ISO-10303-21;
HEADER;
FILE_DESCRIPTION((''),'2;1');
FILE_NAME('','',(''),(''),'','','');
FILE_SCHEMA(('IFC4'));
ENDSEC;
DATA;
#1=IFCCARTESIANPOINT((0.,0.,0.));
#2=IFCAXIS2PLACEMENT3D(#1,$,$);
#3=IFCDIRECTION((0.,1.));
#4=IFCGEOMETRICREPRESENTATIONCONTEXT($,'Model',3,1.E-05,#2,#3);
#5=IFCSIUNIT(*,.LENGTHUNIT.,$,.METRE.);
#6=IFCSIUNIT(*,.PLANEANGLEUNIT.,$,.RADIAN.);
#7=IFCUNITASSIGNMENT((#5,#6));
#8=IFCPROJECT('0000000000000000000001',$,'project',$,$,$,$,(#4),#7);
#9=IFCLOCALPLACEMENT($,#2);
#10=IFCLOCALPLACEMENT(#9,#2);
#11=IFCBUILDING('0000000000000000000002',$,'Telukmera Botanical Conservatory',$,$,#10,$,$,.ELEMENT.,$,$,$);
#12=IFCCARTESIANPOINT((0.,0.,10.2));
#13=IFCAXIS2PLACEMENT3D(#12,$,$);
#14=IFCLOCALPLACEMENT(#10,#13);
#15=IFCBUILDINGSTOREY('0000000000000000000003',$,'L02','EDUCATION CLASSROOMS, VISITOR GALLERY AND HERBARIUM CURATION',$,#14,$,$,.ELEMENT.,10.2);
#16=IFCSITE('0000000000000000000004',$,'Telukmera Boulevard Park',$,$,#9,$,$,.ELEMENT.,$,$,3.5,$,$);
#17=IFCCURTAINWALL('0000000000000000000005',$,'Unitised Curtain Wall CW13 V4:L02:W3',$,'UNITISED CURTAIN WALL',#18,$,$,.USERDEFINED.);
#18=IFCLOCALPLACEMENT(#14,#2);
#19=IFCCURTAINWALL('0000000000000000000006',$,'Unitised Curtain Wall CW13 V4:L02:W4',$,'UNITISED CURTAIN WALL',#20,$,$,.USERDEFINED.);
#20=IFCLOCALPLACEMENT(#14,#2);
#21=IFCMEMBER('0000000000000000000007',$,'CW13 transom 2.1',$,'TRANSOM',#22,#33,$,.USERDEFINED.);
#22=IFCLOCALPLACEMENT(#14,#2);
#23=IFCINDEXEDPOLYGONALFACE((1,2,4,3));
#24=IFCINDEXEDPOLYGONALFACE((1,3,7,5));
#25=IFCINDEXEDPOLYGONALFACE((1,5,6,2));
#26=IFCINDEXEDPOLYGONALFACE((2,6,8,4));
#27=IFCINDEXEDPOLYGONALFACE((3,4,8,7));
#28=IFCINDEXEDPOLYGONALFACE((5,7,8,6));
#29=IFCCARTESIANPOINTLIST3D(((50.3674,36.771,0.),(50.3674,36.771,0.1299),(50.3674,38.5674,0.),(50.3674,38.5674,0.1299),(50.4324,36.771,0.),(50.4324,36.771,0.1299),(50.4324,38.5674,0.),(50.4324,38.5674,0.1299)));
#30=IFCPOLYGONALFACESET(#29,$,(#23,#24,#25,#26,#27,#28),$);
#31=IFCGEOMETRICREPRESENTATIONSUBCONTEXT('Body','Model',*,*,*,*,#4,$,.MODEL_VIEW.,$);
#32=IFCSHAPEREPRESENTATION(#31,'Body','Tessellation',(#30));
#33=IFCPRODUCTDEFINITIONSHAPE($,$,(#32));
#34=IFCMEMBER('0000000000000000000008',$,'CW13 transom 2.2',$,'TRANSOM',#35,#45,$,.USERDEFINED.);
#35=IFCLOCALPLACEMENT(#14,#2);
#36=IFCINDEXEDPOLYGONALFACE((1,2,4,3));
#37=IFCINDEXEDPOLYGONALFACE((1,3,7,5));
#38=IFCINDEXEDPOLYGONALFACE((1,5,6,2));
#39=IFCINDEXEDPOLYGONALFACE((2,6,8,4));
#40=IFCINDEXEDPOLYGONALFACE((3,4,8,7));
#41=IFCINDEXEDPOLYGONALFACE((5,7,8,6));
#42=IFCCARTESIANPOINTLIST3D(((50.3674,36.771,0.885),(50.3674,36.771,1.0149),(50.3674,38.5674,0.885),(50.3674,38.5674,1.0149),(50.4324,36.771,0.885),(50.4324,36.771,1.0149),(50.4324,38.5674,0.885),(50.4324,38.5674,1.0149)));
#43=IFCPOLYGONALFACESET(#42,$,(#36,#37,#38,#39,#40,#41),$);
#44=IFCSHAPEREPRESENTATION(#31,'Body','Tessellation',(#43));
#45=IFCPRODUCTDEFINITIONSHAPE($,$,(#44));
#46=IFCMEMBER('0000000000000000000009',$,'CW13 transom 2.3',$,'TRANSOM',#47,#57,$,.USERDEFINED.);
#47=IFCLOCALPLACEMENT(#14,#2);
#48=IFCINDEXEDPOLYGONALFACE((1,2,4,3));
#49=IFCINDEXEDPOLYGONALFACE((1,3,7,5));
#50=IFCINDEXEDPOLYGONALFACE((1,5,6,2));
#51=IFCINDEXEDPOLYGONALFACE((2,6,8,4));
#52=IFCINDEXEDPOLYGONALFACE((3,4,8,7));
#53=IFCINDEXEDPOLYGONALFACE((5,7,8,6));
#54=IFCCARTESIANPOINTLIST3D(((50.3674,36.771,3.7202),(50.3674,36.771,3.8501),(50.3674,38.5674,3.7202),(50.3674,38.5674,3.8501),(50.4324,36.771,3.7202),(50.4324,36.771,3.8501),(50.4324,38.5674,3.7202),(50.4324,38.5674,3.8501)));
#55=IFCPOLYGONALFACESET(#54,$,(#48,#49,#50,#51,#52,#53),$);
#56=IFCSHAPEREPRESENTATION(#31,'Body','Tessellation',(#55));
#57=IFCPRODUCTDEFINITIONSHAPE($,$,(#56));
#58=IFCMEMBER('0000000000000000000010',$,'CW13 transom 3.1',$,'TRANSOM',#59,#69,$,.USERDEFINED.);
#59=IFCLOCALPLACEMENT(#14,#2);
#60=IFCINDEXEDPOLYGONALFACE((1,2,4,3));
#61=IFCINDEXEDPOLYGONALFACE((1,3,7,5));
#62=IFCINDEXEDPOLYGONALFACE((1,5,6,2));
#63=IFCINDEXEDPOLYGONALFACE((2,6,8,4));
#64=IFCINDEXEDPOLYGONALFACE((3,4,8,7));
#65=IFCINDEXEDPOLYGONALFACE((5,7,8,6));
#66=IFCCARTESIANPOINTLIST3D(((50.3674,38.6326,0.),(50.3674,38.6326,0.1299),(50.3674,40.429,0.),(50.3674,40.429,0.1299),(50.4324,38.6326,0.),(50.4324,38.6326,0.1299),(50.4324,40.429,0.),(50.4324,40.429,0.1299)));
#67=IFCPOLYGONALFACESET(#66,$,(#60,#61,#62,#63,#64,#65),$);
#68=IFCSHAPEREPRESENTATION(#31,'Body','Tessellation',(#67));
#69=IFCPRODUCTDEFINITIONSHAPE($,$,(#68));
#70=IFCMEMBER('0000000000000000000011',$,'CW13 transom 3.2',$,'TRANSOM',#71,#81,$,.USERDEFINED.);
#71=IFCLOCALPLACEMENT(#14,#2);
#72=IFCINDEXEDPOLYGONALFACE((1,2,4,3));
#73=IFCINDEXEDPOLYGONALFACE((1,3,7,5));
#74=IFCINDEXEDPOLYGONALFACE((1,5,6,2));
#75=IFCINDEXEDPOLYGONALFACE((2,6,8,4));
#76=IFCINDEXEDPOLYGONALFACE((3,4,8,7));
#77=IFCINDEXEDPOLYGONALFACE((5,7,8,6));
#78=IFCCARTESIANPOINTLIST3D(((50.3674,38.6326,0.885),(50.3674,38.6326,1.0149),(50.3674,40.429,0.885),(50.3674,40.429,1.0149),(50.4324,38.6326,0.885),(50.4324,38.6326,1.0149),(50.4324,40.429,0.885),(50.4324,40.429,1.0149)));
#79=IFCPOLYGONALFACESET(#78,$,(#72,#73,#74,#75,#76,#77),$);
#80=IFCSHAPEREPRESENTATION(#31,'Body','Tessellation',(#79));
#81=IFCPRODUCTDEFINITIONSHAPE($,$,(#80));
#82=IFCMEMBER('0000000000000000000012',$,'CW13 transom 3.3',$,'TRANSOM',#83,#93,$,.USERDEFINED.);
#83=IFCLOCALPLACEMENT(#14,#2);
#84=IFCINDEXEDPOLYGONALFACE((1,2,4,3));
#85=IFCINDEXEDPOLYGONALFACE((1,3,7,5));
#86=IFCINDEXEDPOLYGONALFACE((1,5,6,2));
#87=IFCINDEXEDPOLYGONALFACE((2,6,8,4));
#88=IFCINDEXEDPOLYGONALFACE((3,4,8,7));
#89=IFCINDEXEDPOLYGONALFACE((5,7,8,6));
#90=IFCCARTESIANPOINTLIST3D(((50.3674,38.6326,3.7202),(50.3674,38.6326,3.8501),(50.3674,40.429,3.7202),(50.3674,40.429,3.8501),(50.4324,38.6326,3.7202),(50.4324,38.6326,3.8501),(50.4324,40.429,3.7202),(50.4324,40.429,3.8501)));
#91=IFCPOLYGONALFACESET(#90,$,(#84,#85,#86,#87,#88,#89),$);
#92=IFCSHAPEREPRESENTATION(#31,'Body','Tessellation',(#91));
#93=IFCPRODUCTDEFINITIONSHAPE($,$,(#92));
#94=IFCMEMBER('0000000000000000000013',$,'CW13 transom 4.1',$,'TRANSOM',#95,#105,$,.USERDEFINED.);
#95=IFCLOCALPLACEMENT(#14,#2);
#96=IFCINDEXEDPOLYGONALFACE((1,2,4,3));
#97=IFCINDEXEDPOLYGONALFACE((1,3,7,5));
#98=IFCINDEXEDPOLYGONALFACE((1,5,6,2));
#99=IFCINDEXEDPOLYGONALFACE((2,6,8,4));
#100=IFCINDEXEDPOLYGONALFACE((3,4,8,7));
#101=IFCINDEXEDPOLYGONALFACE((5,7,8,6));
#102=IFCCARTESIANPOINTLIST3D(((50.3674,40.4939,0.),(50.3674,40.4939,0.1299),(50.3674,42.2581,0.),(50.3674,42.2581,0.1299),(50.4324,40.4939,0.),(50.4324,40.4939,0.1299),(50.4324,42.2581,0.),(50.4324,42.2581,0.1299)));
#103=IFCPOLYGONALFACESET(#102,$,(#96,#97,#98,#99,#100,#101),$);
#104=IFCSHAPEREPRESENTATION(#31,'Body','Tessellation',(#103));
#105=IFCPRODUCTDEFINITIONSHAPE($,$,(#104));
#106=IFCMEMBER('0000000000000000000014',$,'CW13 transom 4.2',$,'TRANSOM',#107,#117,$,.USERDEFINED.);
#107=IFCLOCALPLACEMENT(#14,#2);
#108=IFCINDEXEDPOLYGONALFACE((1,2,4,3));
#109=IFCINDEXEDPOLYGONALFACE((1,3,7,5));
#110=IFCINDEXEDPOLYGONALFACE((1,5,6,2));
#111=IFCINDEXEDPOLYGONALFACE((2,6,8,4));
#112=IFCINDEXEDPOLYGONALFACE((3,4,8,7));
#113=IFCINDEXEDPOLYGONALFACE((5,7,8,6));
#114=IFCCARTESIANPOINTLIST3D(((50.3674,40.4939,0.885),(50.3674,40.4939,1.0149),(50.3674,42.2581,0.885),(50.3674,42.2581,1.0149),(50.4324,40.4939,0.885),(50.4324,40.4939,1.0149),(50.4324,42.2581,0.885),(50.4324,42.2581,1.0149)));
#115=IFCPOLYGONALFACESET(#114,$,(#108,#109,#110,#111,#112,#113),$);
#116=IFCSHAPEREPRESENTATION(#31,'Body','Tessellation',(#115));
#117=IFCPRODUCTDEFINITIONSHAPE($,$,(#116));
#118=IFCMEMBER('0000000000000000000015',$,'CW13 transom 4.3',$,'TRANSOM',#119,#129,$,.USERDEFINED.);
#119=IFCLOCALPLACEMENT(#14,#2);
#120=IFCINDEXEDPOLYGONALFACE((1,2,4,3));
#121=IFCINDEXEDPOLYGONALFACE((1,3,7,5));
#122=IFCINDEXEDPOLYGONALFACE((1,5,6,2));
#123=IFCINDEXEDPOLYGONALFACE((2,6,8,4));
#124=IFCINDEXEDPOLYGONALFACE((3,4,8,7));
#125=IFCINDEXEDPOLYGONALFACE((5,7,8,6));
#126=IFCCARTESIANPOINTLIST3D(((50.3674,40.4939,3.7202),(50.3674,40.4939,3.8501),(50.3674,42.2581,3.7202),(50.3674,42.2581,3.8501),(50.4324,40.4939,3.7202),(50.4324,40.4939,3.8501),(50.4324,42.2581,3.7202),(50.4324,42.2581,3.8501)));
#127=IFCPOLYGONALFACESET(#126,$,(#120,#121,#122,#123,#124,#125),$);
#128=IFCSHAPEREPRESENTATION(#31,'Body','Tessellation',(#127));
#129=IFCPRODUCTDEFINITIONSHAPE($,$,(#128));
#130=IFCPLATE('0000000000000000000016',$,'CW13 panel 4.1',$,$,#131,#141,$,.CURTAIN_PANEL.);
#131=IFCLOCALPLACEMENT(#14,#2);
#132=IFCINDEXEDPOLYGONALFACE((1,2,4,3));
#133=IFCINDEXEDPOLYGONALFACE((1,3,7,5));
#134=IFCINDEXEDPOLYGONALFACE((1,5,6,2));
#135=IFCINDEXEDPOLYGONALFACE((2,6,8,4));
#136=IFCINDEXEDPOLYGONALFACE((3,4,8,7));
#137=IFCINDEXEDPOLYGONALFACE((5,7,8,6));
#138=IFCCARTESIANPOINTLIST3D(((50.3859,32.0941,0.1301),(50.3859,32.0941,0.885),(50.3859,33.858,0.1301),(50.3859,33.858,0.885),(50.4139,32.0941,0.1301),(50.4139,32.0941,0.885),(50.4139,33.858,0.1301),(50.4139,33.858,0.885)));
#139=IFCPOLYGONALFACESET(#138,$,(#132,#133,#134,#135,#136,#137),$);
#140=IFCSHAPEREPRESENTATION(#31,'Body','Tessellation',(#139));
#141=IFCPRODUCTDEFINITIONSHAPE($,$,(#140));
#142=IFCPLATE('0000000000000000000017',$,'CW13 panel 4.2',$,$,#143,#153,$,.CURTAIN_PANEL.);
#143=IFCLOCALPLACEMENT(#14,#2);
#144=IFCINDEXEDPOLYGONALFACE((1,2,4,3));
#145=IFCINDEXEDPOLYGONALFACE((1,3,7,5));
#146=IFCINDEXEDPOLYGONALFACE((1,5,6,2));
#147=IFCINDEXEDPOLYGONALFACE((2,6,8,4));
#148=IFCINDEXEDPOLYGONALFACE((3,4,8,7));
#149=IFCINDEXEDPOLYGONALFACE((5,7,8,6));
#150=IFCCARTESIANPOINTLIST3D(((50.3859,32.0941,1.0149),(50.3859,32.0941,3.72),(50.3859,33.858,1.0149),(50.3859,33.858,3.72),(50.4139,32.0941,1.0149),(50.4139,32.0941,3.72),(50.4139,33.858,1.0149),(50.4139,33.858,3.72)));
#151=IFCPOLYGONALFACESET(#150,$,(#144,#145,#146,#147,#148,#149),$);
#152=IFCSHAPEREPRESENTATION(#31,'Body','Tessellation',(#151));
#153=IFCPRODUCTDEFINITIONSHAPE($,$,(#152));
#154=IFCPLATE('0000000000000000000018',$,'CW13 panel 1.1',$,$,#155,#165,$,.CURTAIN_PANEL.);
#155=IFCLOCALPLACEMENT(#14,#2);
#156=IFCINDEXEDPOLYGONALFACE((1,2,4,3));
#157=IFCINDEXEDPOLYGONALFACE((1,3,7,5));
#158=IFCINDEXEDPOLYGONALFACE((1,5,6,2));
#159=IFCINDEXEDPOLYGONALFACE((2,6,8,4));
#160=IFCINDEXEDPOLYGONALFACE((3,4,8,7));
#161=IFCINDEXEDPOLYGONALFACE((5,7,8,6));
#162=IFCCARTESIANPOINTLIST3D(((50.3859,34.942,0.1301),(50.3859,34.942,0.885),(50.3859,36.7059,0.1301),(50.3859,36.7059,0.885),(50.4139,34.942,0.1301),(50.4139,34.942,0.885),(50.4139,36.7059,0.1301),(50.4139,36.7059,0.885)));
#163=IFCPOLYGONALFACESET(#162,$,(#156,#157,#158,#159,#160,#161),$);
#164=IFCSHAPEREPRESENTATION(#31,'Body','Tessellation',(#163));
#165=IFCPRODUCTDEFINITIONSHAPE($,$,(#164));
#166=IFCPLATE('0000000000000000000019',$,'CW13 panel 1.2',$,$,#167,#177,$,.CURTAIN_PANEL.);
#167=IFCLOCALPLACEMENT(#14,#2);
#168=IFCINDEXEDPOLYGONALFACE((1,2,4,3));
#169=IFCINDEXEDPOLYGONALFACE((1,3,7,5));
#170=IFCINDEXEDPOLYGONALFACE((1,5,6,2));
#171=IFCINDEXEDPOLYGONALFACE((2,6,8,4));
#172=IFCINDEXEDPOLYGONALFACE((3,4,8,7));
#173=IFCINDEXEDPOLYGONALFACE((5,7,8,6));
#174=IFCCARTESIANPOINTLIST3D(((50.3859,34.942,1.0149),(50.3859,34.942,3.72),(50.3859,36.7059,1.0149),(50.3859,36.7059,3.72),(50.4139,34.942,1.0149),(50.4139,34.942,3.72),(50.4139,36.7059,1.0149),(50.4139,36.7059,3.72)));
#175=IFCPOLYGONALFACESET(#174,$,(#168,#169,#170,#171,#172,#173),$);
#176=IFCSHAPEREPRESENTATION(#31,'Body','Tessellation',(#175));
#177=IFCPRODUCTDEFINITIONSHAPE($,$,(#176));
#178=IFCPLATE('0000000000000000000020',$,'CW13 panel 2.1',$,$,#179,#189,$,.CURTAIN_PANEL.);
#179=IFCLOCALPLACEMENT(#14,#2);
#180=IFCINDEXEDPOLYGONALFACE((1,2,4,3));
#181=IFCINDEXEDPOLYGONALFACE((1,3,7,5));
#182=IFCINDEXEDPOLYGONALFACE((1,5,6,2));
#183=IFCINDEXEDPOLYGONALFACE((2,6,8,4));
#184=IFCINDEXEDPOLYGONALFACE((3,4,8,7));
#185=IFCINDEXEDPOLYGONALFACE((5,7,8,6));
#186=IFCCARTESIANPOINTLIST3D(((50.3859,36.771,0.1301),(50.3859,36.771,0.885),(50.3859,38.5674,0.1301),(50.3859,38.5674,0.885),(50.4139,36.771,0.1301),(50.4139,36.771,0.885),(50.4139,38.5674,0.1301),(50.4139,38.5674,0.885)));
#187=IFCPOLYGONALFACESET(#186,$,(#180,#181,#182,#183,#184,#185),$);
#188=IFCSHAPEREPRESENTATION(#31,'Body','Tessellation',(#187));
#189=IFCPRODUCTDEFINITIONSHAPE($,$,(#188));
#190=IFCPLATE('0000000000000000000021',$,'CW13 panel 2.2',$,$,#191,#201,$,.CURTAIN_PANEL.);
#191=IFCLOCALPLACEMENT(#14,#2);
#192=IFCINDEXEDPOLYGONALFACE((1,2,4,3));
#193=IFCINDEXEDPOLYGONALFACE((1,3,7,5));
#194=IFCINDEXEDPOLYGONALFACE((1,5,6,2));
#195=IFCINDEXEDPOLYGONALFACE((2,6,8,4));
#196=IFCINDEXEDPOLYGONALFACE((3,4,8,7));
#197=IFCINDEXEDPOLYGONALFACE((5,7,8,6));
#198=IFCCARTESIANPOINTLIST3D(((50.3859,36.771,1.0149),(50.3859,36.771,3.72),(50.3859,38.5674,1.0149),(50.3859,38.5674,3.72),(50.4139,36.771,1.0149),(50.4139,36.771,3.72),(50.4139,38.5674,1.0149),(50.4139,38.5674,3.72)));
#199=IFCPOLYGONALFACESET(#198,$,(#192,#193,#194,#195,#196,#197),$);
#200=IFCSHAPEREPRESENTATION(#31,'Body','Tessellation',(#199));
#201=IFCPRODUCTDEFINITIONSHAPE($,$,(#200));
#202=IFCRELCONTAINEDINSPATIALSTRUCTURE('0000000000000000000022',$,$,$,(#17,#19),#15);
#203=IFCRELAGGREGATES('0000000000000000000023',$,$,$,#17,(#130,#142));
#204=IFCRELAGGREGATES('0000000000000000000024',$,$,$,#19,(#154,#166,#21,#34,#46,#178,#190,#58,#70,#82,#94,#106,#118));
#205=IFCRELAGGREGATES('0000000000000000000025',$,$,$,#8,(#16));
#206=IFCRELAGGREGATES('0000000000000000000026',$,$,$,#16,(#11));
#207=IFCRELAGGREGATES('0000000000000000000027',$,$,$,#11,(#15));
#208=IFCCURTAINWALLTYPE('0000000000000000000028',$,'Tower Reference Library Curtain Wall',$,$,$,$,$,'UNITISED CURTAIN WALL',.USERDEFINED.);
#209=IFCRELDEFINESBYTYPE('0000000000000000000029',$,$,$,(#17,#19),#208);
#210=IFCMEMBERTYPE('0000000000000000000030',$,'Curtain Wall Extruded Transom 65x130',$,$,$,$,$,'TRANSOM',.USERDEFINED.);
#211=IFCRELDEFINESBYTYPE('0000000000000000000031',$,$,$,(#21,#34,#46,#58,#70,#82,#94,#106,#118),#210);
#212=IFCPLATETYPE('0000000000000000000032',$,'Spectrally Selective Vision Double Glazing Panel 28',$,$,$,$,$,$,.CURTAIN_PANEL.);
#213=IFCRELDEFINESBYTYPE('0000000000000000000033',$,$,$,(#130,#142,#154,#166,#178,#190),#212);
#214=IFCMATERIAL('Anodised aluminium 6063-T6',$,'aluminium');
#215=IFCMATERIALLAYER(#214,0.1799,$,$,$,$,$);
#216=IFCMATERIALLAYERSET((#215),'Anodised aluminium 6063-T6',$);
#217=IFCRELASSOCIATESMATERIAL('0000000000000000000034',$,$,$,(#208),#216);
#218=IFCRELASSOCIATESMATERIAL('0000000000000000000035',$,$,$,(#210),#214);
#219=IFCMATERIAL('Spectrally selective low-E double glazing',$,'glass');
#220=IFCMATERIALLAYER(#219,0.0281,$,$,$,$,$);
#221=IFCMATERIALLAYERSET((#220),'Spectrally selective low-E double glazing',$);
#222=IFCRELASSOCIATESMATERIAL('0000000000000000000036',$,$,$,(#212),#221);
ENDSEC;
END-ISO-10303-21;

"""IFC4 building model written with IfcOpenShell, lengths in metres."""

from ifc_helpers import new_model, si_unit, direction, frame, origin, origin_2d, place, context, subcontext, project, spatial, rectangle, extrude, material, layer, layer_set, material_profile, profile_set, type_object, element, aggregate, save


model = new_model("IFC4")

# Units and contexts
model_context = context("Model", 3, precision=1e-05, world=origin(), true_north=direction((0.0, 1.0)))
body_context = subcontext(model_context, "Body", "Model", "MODEL_VIEW")
ifc_project = project(units=[si_unit("LENGTHUNIT", "METRE"), si_unit("PLANEANGLEUNIT", "RADIAN")], contexts=[model_context])

# Site, building, storey
site_placement = place(None, origin())
site = spatial("IfcSite", under=ifc_project, at=site_placement, Name="Telukmera Boulevard Park", CompositionType="ELEMENT", RefElevation=3.5)
building_placement = place(site_placement, origin())
building = spatial("IfcBuilding", under=site, at=building_placement, Name="Telukmera Botanical Conservatory", CompositionType="ELEMENT")
storey_placement = place(building_placement, frame((0.0, 0.0, 10.2)))
storey = spatial("IfcBuildingStorey", under=building, at=storey_placement, Name="L02", Description="EDUCATION CLASSROOMS, VISITOR GALLERY AND HERBARIUM CURATION", CompositionType="ELEMENT", Elevation=10.2)

# Curtain wall
ifc_material_1 = material(Name="Anodised aluminium 6063-T6", Category="aluminium")
ifc_layer_1 = layer(ifc_material_1, 0.1799)
ifc_layer_set_1 = layer_set([ifc_layer_1], Name="Anodised aluminium 6063-T6")
curtain_wall_type = type_object("IfcCurtainWallType", Name="Tower Reference Library Curtain Wall", ElementType="UNITISED CURTAIN WALL", PredefinedType="USERDEFINED", material=ifc_layer_set_1)
curtain_wall_1_placement = place(storey_placement, origin())
curtain_wall_1 = element("IfcCurtainWall", 1, at=curtain_wall_1_placement, inside=storey, type_object=curtain_wall_type, Name="Unitised Curtain Wall CW13 V4:L02:W3", ObjectType="UNITISED CURTAIN WALL", PredefinedType="USERDEFINED")

# Curtain wall
curtain_wall_2_placement = place(storey_placement, origin())
curtain_wall_2 = element("IfcCurtainWall", 2, at=curtain_wall_2_placement, inside=storey, type_object=curtain_wall_type, Name="Unitised Curtain Wall CW13 V4:L02:W4", ObjectType="UNITISED CURTAIN WALL", PredefinedType="USERDEFINED")

# Members
ifc_material_profile_1 = material_profile(ifc_material_1, rectangle(XDim=0.0649, YDim=0.1299, at=origin_2d()), Name="ALU TRAN 65x130")
ifc_profile_set_1 = profile_set([ifc_material_profile_1], Name="Anodised aluminium 6063-T6")
member_type_1 = type_object("IfcMemberType", Name="Curtain Wall Extruded Transom 65x130", ElementType="TRANSOM", PredefinedType="USERDEFINED", material=ifc_profile_set_1)
member_1_placement = place(storey_placement, frame((50.3999, 36.771, 0.0649), z_axis=(0.0, 1.0, 0.0), x_axis=(-1.0, 0.0, 0.0)))
member_1 = element("IfcMember", 3, at=member_1_placement, type_object=member_type_1, Name="CW13 transom 2.1", ObjectType="TRANSOM", PredefinedType="USERDEFINED", context=body_context, shape_type="SweptSolid", body=[
    extrude(rectangle(XDim=0.0649, YDim=0.1299, at=origin_2d()), origin(), (0.0, 0.0, 1.0), 1.7964),
])
member_2_placement = place(storey_placement, frame((50.3999, 36.771, 0.95), z_axis=(0.0, 1.0, 0.0), x_axis=(-1.0, 0.0, 0.0)))
member_2 = element("IfcMember", 4, at=member_2_placement, type_object=member_type_1, Name="CW13 transom 2.2", ObjectType="TRANSOM", PredefinedType="USERDEFINED", context=body_context, shape_type="SweptSolid", body=[
    extrude(rectangle(XDim=0.0649, YDim=0.1299, at=origin_2d()), origin(), (0.0, 0.0, 1.0), 1.7964),
])
member_3_placement = place(storey_placement, frame((50.3999, 36.771, 3.7852), z_axis=(0.0, 1.0, 0.0), x_axis=(-1.0, 0.0, 0.0)))
member_3 = element("IfcMember", 5, at=member_3_placement, type_object=member_type_1, Name="CW13 transom 2.3", ObjectType="TRANSOM", PredefinedType="USERDEFINED", context=body_context, shape_type="SweptSolid", body=[
    extrude(rectangle(XDim=0.0649, YDim=0.1299, at=origin_2d()), origin(), (0.0, 0.0, 1.0), 1.7964),
])
member_4_placement = place(storey_placement, frame((50.3999, 38.6326, 0.0649), z_axis=(0.0, 1.0, 0.0), x_axis=(-1.0, 0.0, 0.0)))
member_4 = element("IfcMember", 6, at=member_4_placement, type_object=member_type_1, Name="CW13 transom 3.1", ObjectType="TRANSOM", PredefinedType="USERDEFINED", context=body_context, shape_type="SweptSolid", body=[
    extrude(rectangle(XDim=0.0649, YDim=0.1299, at=origin_2d()), origin(), (0.0, 0.0, 1.0), 1.7964),
])
member_5_placement = place(storey_placement, frame((50.3999, 38.6326, 0.95), z_axis=(0.0, 1.0, 0.0), x_axis=(-1.0, 0.0, 0.0)))
member_5 = element("IfcMember", 7, at=member_5_placement, type_object=member_type_1, Name="CW13 transom 3.2", ObjectType="TRANSOM", PredefinedType="USERDEFINED", context=body_context, shape_type="SweptSolid", body=[
    extrude(rectangle(XDim=0.0649, YDim=0.1299, at=origin_2d()), origin(), (0.0, 0.0, 1.0), 1.7964),
])
member_6_placement = place(storey_placement, frame((50.3999, 38.6326, 3.7852), z_axis=(0.0, 1.0, 0.0), x_axis=(-1.0, 0.0, 0.0)))
member_6 = element("IfcMember", 8, at=member_6_placement, type_object=member_type_1, Name="CW13 transom 3.3", ObjectType="TRANSOM", PredefinedType="USERDEFINED", context=body_context, shape_type="SweptSolid", body=[
    extrude(rectangle(XDim=0.0649, YDim=0.1299, at=origin_2d()), origin(), (0.0, 0.0, 1.0), 1.7964),
])
member_7_placement = place(storey_placement, frame((50.3999, 40.4939, 0.0649), z_axis=(0.0, 1.0, 0.0), x_axis=(-1.0, 0.0, 0.0)))
member_7 = element("IfcMember", 9, at=member_7_placement, type_object=member_type_1, Name="CW13 transom 4.1", ObjectType="TRANSOM", PredefinedType="USERDEFINED", context=body_context, shape_type="SweptSolid", body=[
    extrude(rectangle(XDim=0.0649, YDim=0.1299, at=origin_2d()), origin(), (0.0, 0.0, 1.0), 1.7642),
])
member_8_placement = place(storey_placement, frame((50.3999, 40.4939, 0.95), z_axis=(0.0, 1.0, 0.0), x_axis=(-1.0, 0.0, 0.0)))
member_8 = element("IfcMember", 10, at=member_8_placement, type_object=member_type_1, Name="CW13 transom 4.2", ObjectType="TRANSOM", PredefinedType="USERDEFINED", context=body_context, shape_type="SweptSolid", body=[
    extrude(rectangle(XDim=0.0649, YDim=0.1299, at=origin_2d()), origin(), (0.0, 0.0, 1.0), 1.7642),
])
member_9_placement = place(storey_placement, frame((50.3999, 40.4939, 3.7852), z_axis=(0.0, 1.0, 0.0), x_axis=(-1.0, 0.0, 0.0)))
member_9 = element("IfcMember", 11, at=member_9_placement, type_object=member_type_1, Name="CW13 transom 4.3", ObjectType="TRANSOM", PredefinedType="USERDEFINED", context=body_context, shape_type="SweptSolid", body=[
    extrude(rectangle(XDim=0.0649, YDim=0.1299, at=origin_2d()), origin(), (0.0, 0.0, 1.0), 1.7642),
])

# Plates
ifc_material_2 = material(Name="Spectrally selective low-E double glazing", Category="glass")
ifc_layer_2 = layer(ifc_material_2, 0.0281)
ifc_layer_set_2 = layer_set([ifc_layer_2], Name="Spectrally selective low-E double glazing")
plate_type = type_object("IfcPlateType", Name="Spectrally Selective Vision Double Glazing Panel 28", PredefinedType="CURTAIN_PANEL", material=ifc_layer_set_2)
plate_1_placement = place(storey_placement, frame((50.3999, 32.9761, 0.1301), z_axis=(0.0, 0.0, 1.0), x_axis=(0.0, 1.0, 0.0)))
plate_1 = element("IfcPlate", 12, at=plate_1_placement, type_object=plate_type, Name="CW13 panel 4.1", PredefinedType="CURTAIN_PANEL", context=body_context, shape_type="SweptSolid", body=[
    extrude(rectangle(XDim=1.7639, YDim=0.0281, at=origin_2d()), origin(), (0.0, 0.0, 1.0), 0.7549),
])
plate_2_placement = place(storey_placement, frame((50.3999, 32.9761, 1.0149), z_axis=(0.0, 0.0, 1.0), x_axis=(0.0, 1.0, 0.0)))
plate_2 = element("IfcPlate", 13, at=plate_2_placement, type_object=plate_type, Name="CW13 panel 4.2", PredefinedType="CURTAIN_PANEL", context=body_context, shape_type="SweptSolid", body=[
    extrude(rectangle(XDim=1.7639, YDim=0.0281, at=origin_2d()), origin(), (0.0, 0.0, 1.0), 2.7051),
])
aggregate(curtain_wall_1, [plate_1, plate_2])
plate_3_placement = place(storey_placement, frame((50.3999, 35.824, 0.1301), z_axis=(0.0, 0.0, 1.0), x_axis=(0.0, 1.0, 0.0)))
plate_3 = element("IfcPlate", 14, at=plate_3_placement, type_object=plate_type, Name="CW13 panel 1.1", PredefinedType="CURTAIN_PANEL", context=body_context, shape_type="SweptSolid", body=[
    extrude(rectangle(XDim=1.7639, YDim=0.0281, at=origin_2d()), origin(), (0.0, 0.0, 1.0), 0.7549),
])
plate_4_placement = place(storey_placement, frame((50.3999, 35.824, 1.0149), z_axis=(0.0, 0.0, 1.0), x_axis=(0.0, 1.0, 0.0)))
plate_4 = element("IfcPlate", 15, at=plate_4_placement, type_object=plate_type, Name="CW13 panel 1.2", PredefinedType="CURTAIN_PANEL", context=body_context, shape_type="SweptSolid", body=[
    extrude(rectangle(XDim=1.7639, YDim=0.0281, at=origin_2d()), origin(), (0.0, 0.0, 1.0), 2.7051),
])
plate_5_placement = place(storey_placement, frame((50.3999, 37.6692, 0.1301), z_axis=(0.0, 0.0, 1.0), x_axis=(0.0, 1.0, 0.0)))
plate_5 = element("IfcPlate", 16, at=plate_5_placement, type_object=plate_type, Name="CW13 panel 2.1", PredefinedType="CURTAIN_PANEL", context=body_context, shape_type="SweptSolid", body=[
    extrude(rectangle(XDim=1.7964, YDim=0.0281, at=origin_2d()), origin(), (0.0, 0.0, 1.0), 0.7549),
])
plate_6_placement = place(storey_placement, frame((50.3999, 37.6692, 1.0149), z_axis=(0.0, 0.0, 1.0), x_axis=(0.0, 1.0, 0.0)))
plate_6 = element("IfcPlate", 17, at=plate_6_placement, type_object=plate_type, Name="CW13 panel 2.2", PredefinedType="CURTAIN_PANEL", context=body_context, shape_type="SweptSolid", body=[
    extrude(rectangle(XDim=1.7964, YDim=0.0281, at=origin_2d()), origin(), (0.0, 0.0, 1.0), 2.7051),
])
aggregate(curtain_wall_2, [plate_3, plate_4, member_1, member_2, member_3, plate_5, plate_6, member_4, member_5, member_6, member_7, member_8, member_9])

save(model, "model.ifc")
